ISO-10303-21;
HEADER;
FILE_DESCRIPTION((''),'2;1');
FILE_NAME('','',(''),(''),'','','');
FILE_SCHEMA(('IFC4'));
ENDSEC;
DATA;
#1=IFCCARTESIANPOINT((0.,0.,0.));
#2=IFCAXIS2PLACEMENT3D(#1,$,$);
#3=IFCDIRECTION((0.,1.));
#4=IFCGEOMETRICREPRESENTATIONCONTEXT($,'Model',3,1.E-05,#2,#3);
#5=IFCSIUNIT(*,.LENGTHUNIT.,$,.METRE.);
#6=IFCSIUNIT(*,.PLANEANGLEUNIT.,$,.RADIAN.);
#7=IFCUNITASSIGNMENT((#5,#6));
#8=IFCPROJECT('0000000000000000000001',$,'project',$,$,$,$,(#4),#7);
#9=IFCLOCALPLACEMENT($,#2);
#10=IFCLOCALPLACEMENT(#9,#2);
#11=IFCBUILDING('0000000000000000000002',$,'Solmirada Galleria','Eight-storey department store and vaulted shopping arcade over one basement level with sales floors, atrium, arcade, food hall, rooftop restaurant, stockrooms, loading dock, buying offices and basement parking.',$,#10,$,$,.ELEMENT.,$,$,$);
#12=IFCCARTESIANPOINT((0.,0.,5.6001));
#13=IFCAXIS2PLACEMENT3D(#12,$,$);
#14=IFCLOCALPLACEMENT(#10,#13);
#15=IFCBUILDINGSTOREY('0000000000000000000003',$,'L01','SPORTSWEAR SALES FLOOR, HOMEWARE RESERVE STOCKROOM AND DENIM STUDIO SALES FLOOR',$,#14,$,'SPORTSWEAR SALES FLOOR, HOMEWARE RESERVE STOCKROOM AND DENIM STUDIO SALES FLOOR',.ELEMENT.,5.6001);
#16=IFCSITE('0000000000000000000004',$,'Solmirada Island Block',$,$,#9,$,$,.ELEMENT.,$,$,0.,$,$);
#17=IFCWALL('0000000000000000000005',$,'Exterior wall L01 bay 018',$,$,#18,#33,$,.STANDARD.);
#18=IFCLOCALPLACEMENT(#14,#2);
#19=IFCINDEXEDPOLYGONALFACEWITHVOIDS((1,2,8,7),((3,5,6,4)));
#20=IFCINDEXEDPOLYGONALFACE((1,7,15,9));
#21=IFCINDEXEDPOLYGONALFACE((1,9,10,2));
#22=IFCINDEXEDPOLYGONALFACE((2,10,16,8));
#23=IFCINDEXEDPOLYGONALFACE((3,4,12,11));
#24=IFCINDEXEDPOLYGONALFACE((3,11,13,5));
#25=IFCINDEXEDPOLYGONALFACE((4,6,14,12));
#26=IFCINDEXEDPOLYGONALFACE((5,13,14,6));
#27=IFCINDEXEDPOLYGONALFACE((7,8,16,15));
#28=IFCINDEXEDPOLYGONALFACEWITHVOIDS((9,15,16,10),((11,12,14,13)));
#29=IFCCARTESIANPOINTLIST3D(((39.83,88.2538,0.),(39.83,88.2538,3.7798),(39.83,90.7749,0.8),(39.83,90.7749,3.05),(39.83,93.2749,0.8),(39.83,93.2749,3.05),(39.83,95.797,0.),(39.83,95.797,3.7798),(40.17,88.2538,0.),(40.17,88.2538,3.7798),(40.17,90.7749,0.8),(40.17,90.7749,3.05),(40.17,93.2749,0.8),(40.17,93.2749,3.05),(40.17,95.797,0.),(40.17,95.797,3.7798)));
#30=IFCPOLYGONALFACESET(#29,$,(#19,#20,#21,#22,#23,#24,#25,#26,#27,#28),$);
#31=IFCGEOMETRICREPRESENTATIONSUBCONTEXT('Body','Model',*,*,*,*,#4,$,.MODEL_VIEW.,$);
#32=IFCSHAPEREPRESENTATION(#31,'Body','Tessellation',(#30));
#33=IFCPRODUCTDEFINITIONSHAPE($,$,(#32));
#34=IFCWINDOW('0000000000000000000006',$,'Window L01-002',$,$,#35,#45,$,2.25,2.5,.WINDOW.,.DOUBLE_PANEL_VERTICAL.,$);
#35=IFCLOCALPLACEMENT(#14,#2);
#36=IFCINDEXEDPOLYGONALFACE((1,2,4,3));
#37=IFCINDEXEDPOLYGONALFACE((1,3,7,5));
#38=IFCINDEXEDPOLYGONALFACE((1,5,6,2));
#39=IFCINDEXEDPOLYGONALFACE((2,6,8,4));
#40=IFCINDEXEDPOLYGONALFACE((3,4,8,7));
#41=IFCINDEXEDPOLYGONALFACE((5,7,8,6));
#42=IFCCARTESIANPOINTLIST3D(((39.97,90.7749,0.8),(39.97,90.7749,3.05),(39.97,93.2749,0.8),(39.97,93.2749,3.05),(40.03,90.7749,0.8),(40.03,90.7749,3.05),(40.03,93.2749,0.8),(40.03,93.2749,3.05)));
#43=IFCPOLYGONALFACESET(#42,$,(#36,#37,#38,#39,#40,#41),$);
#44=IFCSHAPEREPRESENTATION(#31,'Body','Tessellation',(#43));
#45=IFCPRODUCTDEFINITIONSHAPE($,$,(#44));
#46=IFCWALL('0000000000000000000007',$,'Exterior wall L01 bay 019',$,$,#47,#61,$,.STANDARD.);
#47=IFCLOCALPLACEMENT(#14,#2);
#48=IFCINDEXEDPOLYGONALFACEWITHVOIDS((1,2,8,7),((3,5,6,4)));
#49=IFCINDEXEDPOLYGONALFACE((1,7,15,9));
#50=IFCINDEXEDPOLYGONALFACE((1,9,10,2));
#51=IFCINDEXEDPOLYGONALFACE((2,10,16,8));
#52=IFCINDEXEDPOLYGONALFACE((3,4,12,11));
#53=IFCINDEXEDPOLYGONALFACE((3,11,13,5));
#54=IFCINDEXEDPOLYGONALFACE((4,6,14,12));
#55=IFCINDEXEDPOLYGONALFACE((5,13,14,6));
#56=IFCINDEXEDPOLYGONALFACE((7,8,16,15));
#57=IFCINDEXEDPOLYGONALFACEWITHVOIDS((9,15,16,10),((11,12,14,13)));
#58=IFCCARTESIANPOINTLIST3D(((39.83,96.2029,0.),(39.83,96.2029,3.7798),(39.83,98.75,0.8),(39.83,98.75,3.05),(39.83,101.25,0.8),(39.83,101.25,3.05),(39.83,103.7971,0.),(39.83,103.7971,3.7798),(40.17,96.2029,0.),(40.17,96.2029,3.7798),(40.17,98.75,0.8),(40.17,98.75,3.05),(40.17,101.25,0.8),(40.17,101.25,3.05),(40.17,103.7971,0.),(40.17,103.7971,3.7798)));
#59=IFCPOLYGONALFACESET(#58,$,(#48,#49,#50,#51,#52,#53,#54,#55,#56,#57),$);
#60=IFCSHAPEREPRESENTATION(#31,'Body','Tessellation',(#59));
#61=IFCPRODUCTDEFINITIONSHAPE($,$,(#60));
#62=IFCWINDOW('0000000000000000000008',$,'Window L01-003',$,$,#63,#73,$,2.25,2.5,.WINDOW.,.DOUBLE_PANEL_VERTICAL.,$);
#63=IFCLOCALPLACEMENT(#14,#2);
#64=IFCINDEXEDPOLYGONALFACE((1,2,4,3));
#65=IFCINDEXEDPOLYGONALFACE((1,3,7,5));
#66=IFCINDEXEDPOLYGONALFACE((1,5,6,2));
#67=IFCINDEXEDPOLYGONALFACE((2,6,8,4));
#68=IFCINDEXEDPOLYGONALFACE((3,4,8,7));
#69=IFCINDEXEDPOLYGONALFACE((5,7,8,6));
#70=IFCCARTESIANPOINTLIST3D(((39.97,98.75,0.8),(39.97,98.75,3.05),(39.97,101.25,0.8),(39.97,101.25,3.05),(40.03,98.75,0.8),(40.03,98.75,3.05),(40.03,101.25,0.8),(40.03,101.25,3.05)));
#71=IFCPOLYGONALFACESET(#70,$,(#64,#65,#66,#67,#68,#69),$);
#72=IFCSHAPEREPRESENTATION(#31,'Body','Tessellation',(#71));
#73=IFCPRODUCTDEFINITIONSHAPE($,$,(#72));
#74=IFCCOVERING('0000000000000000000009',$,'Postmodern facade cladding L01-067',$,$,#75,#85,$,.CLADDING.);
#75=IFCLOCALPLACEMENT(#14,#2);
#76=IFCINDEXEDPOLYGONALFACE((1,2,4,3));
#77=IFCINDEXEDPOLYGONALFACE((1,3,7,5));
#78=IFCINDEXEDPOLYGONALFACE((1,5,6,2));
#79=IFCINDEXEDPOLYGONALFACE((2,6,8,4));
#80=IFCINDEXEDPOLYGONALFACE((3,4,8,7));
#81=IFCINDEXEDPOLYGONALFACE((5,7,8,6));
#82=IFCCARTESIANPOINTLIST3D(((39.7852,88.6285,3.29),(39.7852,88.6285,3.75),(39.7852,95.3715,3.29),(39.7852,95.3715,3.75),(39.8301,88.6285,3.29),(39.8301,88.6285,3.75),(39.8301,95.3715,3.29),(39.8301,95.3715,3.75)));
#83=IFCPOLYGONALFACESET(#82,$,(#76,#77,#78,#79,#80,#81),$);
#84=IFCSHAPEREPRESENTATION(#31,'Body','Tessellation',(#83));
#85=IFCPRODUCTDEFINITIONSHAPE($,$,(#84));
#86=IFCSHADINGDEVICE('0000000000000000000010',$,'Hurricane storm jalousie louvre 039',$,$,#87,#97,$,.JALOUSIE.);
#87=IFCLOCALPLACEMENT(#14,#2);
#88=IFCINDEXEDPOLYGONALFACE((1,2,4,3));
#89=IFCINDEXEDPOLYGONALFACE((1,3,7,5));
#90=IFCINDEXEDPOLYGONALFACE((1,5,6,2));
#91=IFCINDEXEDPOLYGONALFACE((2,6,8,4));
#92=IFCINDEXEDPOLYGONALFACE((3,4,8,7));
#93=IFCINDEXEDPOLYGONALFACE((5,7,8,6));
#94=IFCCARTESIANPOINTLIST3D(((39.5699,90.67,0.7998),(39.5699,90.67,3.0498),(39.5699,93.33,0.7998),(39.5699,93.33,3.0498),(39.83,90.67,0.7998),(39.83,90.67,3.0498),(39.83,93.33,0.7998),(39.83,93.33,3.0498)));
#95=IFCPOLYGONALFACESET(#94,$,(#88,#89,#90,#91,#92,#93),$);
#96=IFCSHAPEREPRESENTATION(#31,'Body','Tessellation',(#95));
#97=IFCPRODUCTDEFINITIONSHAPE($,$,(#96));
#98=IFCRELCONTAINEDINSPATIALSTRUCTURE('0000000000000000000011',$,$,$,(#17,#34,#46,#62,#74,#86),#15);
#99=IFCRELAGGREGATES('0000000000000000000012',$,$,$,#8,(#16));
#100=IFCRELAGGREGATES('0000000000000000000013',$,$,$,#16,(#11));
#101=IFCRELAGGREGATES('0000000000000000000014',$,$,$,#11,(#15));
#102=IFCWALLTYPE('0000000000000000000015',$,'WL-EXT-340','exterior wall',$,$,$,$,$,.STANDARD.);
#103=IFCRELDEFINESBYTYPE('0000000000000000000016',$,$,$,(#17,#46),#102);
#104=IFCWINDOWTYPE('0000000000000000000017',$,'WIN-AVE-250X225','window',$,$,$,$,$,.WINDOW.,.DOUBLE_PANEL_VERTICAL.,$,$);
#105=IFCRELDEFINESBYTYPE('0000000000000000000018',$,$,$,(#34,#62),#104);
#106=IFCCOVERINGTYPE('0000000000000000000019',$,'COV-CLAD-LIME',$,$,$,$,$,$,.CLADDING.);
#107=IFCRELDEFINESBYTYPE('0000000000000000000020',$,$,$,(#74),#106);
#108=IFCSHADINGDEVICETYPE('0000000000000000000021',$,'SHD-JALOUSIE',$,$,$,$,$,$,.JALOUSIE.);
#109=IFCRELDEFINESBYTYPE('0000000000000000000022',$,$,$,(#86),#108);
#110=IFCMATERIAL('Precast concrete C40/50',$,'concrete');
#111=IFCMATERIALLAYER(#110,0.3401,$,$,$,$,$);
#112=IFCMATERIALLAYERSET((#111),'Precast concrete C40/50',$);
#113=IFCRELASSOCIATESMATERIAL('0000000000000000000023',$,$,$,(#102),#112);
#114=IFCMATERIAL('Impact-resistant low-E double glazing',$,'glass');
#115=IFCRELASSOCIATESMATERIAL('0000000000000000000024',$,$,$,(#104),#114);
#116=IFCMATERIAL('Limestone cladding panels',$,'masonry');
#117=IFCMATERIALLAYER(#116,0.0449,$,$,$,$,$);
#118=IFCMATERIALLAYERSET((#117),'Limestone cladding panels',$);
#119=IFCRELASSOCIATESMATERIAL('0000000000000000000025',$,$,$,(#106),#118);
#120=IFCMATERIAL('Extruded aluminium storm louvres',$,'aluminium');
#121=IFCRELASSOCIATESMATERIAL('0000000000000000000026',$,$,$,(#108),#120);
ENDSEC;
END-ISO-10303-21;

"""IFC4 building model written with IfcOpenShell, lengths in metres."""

from ifc_helpers import new_model, si_unit, direction, frame, frame_2d, origin, origin_2d, place, context, subcontext, project, spatial, rectangle, extrude, material, layer, layer_set, type_object, element, fill, save


model = new_model("IFC4")

# Units and contexts
model_context = context("Model", 3, precision=1e-05, world=origin(), true_north=direction((0.0, 1.0)))
body_context = subcontext(model_context, "Body", "Model", "MODEL_VIEW")
ifc_project = project(units=[si_unit("LENGTHUNIT", "METRE"), si_unit("PLANEANGLEUNIT", "RADIAN")], contexts=[model_context])

# Site, building, storey
site_placement = place(None, origin())
site = spatial("IfcSite", under=ifc_project, at=site_placement, Name="Solmirada Island Block", CompositionType="ELEMENT", RefElevation=0.0)
building_placement = place(site_placement, origin())
building = spatial("IfcBuilding", under=site, at=building_placement, Name="Solmirada Galleria", Description="Eight-storey department store and vaulted shopping arcade over one basement level with sales floors, atrium, arcade, food hall, rooftop restaurant, stockrooms, loading dock, buying offices and basement parking.", CompositionType="ELEMENT")
storey_placement = place(building_placement, frame((0.0, 0.0, 5.6001)))
storey = spatial("IfcBuildingStorey", under=building, at=storey_placement, Name="L01", Description="SPORTSWEAR SALES FLOOR, HOMEWARE RESERVE STOCKROOM AND DENIM STUDIO SALES FLOOR", LongName="SPORTSWEAR SALES FLOOR, HOMEWARE RESERVE STOCKROOM AND DENIM STUDIO SALES FLOOR", CompositionType="ELEMENT", Elevation=5.6001)

# Walls, openings, windows
ifc_material_1 = material(Name="Precast concrete C40/50", Category="concrete")
ifc_layer_1 = layer(ifc_material_1, 0.3401)
ifc_layer_set_1 = layer_set([ifc_layer_1], Name="Precast concrete C40/50")
wall_type = type_object("IfcWallType", Name="WL-EXT-340", Description="exterior wall", PredefinedType="STANDARD", material=ifc_layer_set_1)
wall_1_placement = place(storey_placement, frame((40.0, 88.2539, 0.0), z_axis=(0.0, 0.0, 1.0), x_axis=(0.0, 1.0, 0.0)))
wall_1 = element("IfcWall", 1, at=wall_1_placement, inside=storey, type_object=wall_type, Name="Exterior wall L01 bay 018", PredefinedType="STANDARD", context=body_context, shape_type="SweptSolid", body=[
    extrude(rectangle(XDim=7.5432, YDim=0.3401, at=frame_2d((3.7715, 0.0))), origin(), (0.0, 0.0, 1.0), 3.7798),
])
opening_1_placement = place(wall_1_placement, frame((2.521, 0.0, 0.8)))
opening_1 = element("IfcOpeningElement", 2, at=opening_1_placement, cuts=wall_1, PredefinedType="OPENING", context=body_context, shape_type="SweptSolid", body=[
    extrude(rectangle(XDim=2.5, YDim=2.25, at=frame_2d((1.25, 1.125))), frame((0.0, 0.1799, 0.0), z_axis=(0.0, -1.0, 0.0), x_axis=(1.0, 0.0, 0.0)), (0.0, 0.0, 1.0), 0.3601),
])
ifc_material_2 = material(Name="Impact-resistant low-E double glazing", Category="glass")
window_type = type_object("IfcWindowType", Name="WIN-AVE-250X225", Description="window", PartitioningType="DOUBLE_PANEL_VERTICAL", PredefinedType="WINDOW", material=ifc_material_2)
window_1_placement = place(opening_1_placement, origin())
window_1 = element("IfcWindow", 3, at=window_1_placement, inside=storey, type_object=window_type, Name="Window L01-002", OverallHeight=2.25, OverallWidth=2.5, PartitioningType="DOUBLE_PANEL_VERTICAL", PredefinedType="WINDOW", context=body_context, shape_type="SweptSolid", body=[
    extrude(rectangle(XDim=2.5, YDim=2.25, at=frame_2d((1.25, 1.125))), frame((0.0, 0.03, 0.0), z_axis=(0.0, -1.0, 0.0), x_axis=(1.0, 0.0, 0.0)), (0.0, 0.0, 1.0), 0.0601),
])
fill(opening_1, window_1)
wall_2_placement = place(storey_placement, frame((40.0, 96.2029, 0.0), z_axis=(0.0, 0.0, 1.0), x_axis=(0.0, 1.0, 0.0)))
wall_2 = element("IfcWall", 4, at=wall_2_placement, inside=storey, type_object=wall_type, Name="Exterior wall L01 bay 019", PredefinedType="STANDARD", context=body_context, shape_type="SweptSolid", body=[
    extrude(rectangle(XDim=7.5942, YDim=0.3401, at=frame_2d((3.7971, 0.0))), origin(), (0.0, 0.0, 1.0), 3.7798),
])
opening_2_placement = place(wall_2_placement, frame((2.5471, 0.0, 0.8)))
opening_2 = element("IfcOpeningElement", 5, at=opening_2_placement, cuts=wall_2, PredefinedType="OPENING", context=body_context, shape_type="SweptSolid", body=[
    extrude(rectangle(XDim=2.5, YDim=2.25, at=frame_2d((1.25, 1.125))), frame((0.0, 0.1799, 0.0), z_axis=(0.0, -1.0, 0.0), x_axis=(1.0, 0.0, 0.0)), (0.0, 0.0, 1.0), 0.3601),
])
window_2_placement = place(opening_2_placement, origin())
window_2 = element("IfcWindow", 6, at=window_2_placement, inside=storey, type_object=window_type, Name="Window L01-003", OverallHeight=2.25, OverallWidth=2.5, PartitioningType="DOUBLE_PANEL_VERTICAL", PredefinedType="WINDOW", context=body_context, shape_type="SweptSolid", body=[
    extrude(rectangle(XDim=2.5, YDim=2.25, at=frame_2d((1.25, 1.125))), frame((0.0, 0.03, 0.0), z_axis=(0.0, -1.0, 0.0), x_axis=(1.0, 0.0, 0.0)), (0.0, 0.0, 1.0), 0.0601),
])
fill(opening_2, window_2)

# Covering
ifc_material_3 = material(Name="Limestone cladding panels", Category="masonry")
ifc_layer_2 = layer(ifc_material_3, 0.0449)
ifc_layer_set_2 = layer_set([ifc_layer_2], Name="Limestone cladding panels")
covering_type = type_object("IfcCoveringType", Name="COV-CLAD-LIME", PredefinedType="CLADDING", material=ifc_layer_set_2)
covering_placement = place(storey_placement, frame((39.8076, 92.0, 3.29), z_axis=(0.0, 0.0, 1.0), x_axis=(0.0, 1.0, 0.0)))
element("IfcCovering", 7, at=covering_placement, inside=storey, type_object=covering_type, Name="Postmodern facade cladding L01-067", PredefinedType="CLADDING", context=body_context, shape_type="SweptSolid", body=[
    extrude(rectangle(XDim=6.7429, YDim=0.0449, at=origin_2d()), origin(), (0.0, 0.0, 1.0), 0.46),
])

# Shading device
ifc_material_4 = material(Name="Extruded aluminium storm louvres", Category="aluminium")
shading_device_type = type_object("IfcShadingDeviceType", Name="SHD-JALOUSIE", PredefinedType="JALOUSIE", material=ifc_material_4)
shading_device_placement = place(storey_placement, frame((39.7, 92.0, 0.7998), z_axis=(0.0, 0.0, 1.0), x_axis=(0.0, 1.0, 0.0)))
element("IfcShadingDevice", 8, at=shading_device_placement, inside=storey, type_object=shading_device_type, Name="Hurricane storm jalousie louvre 039", PredefinedType="JALOUSIE", context=body_context, shape_type="SweptSolid", body=[
    extrude(rectangle(XDim=2.6599, YDim=0.26, at=origin_2d()), origin(), (0.0, 0.0, 1.0), 2.25),
])

save(model, "model.ifc")
